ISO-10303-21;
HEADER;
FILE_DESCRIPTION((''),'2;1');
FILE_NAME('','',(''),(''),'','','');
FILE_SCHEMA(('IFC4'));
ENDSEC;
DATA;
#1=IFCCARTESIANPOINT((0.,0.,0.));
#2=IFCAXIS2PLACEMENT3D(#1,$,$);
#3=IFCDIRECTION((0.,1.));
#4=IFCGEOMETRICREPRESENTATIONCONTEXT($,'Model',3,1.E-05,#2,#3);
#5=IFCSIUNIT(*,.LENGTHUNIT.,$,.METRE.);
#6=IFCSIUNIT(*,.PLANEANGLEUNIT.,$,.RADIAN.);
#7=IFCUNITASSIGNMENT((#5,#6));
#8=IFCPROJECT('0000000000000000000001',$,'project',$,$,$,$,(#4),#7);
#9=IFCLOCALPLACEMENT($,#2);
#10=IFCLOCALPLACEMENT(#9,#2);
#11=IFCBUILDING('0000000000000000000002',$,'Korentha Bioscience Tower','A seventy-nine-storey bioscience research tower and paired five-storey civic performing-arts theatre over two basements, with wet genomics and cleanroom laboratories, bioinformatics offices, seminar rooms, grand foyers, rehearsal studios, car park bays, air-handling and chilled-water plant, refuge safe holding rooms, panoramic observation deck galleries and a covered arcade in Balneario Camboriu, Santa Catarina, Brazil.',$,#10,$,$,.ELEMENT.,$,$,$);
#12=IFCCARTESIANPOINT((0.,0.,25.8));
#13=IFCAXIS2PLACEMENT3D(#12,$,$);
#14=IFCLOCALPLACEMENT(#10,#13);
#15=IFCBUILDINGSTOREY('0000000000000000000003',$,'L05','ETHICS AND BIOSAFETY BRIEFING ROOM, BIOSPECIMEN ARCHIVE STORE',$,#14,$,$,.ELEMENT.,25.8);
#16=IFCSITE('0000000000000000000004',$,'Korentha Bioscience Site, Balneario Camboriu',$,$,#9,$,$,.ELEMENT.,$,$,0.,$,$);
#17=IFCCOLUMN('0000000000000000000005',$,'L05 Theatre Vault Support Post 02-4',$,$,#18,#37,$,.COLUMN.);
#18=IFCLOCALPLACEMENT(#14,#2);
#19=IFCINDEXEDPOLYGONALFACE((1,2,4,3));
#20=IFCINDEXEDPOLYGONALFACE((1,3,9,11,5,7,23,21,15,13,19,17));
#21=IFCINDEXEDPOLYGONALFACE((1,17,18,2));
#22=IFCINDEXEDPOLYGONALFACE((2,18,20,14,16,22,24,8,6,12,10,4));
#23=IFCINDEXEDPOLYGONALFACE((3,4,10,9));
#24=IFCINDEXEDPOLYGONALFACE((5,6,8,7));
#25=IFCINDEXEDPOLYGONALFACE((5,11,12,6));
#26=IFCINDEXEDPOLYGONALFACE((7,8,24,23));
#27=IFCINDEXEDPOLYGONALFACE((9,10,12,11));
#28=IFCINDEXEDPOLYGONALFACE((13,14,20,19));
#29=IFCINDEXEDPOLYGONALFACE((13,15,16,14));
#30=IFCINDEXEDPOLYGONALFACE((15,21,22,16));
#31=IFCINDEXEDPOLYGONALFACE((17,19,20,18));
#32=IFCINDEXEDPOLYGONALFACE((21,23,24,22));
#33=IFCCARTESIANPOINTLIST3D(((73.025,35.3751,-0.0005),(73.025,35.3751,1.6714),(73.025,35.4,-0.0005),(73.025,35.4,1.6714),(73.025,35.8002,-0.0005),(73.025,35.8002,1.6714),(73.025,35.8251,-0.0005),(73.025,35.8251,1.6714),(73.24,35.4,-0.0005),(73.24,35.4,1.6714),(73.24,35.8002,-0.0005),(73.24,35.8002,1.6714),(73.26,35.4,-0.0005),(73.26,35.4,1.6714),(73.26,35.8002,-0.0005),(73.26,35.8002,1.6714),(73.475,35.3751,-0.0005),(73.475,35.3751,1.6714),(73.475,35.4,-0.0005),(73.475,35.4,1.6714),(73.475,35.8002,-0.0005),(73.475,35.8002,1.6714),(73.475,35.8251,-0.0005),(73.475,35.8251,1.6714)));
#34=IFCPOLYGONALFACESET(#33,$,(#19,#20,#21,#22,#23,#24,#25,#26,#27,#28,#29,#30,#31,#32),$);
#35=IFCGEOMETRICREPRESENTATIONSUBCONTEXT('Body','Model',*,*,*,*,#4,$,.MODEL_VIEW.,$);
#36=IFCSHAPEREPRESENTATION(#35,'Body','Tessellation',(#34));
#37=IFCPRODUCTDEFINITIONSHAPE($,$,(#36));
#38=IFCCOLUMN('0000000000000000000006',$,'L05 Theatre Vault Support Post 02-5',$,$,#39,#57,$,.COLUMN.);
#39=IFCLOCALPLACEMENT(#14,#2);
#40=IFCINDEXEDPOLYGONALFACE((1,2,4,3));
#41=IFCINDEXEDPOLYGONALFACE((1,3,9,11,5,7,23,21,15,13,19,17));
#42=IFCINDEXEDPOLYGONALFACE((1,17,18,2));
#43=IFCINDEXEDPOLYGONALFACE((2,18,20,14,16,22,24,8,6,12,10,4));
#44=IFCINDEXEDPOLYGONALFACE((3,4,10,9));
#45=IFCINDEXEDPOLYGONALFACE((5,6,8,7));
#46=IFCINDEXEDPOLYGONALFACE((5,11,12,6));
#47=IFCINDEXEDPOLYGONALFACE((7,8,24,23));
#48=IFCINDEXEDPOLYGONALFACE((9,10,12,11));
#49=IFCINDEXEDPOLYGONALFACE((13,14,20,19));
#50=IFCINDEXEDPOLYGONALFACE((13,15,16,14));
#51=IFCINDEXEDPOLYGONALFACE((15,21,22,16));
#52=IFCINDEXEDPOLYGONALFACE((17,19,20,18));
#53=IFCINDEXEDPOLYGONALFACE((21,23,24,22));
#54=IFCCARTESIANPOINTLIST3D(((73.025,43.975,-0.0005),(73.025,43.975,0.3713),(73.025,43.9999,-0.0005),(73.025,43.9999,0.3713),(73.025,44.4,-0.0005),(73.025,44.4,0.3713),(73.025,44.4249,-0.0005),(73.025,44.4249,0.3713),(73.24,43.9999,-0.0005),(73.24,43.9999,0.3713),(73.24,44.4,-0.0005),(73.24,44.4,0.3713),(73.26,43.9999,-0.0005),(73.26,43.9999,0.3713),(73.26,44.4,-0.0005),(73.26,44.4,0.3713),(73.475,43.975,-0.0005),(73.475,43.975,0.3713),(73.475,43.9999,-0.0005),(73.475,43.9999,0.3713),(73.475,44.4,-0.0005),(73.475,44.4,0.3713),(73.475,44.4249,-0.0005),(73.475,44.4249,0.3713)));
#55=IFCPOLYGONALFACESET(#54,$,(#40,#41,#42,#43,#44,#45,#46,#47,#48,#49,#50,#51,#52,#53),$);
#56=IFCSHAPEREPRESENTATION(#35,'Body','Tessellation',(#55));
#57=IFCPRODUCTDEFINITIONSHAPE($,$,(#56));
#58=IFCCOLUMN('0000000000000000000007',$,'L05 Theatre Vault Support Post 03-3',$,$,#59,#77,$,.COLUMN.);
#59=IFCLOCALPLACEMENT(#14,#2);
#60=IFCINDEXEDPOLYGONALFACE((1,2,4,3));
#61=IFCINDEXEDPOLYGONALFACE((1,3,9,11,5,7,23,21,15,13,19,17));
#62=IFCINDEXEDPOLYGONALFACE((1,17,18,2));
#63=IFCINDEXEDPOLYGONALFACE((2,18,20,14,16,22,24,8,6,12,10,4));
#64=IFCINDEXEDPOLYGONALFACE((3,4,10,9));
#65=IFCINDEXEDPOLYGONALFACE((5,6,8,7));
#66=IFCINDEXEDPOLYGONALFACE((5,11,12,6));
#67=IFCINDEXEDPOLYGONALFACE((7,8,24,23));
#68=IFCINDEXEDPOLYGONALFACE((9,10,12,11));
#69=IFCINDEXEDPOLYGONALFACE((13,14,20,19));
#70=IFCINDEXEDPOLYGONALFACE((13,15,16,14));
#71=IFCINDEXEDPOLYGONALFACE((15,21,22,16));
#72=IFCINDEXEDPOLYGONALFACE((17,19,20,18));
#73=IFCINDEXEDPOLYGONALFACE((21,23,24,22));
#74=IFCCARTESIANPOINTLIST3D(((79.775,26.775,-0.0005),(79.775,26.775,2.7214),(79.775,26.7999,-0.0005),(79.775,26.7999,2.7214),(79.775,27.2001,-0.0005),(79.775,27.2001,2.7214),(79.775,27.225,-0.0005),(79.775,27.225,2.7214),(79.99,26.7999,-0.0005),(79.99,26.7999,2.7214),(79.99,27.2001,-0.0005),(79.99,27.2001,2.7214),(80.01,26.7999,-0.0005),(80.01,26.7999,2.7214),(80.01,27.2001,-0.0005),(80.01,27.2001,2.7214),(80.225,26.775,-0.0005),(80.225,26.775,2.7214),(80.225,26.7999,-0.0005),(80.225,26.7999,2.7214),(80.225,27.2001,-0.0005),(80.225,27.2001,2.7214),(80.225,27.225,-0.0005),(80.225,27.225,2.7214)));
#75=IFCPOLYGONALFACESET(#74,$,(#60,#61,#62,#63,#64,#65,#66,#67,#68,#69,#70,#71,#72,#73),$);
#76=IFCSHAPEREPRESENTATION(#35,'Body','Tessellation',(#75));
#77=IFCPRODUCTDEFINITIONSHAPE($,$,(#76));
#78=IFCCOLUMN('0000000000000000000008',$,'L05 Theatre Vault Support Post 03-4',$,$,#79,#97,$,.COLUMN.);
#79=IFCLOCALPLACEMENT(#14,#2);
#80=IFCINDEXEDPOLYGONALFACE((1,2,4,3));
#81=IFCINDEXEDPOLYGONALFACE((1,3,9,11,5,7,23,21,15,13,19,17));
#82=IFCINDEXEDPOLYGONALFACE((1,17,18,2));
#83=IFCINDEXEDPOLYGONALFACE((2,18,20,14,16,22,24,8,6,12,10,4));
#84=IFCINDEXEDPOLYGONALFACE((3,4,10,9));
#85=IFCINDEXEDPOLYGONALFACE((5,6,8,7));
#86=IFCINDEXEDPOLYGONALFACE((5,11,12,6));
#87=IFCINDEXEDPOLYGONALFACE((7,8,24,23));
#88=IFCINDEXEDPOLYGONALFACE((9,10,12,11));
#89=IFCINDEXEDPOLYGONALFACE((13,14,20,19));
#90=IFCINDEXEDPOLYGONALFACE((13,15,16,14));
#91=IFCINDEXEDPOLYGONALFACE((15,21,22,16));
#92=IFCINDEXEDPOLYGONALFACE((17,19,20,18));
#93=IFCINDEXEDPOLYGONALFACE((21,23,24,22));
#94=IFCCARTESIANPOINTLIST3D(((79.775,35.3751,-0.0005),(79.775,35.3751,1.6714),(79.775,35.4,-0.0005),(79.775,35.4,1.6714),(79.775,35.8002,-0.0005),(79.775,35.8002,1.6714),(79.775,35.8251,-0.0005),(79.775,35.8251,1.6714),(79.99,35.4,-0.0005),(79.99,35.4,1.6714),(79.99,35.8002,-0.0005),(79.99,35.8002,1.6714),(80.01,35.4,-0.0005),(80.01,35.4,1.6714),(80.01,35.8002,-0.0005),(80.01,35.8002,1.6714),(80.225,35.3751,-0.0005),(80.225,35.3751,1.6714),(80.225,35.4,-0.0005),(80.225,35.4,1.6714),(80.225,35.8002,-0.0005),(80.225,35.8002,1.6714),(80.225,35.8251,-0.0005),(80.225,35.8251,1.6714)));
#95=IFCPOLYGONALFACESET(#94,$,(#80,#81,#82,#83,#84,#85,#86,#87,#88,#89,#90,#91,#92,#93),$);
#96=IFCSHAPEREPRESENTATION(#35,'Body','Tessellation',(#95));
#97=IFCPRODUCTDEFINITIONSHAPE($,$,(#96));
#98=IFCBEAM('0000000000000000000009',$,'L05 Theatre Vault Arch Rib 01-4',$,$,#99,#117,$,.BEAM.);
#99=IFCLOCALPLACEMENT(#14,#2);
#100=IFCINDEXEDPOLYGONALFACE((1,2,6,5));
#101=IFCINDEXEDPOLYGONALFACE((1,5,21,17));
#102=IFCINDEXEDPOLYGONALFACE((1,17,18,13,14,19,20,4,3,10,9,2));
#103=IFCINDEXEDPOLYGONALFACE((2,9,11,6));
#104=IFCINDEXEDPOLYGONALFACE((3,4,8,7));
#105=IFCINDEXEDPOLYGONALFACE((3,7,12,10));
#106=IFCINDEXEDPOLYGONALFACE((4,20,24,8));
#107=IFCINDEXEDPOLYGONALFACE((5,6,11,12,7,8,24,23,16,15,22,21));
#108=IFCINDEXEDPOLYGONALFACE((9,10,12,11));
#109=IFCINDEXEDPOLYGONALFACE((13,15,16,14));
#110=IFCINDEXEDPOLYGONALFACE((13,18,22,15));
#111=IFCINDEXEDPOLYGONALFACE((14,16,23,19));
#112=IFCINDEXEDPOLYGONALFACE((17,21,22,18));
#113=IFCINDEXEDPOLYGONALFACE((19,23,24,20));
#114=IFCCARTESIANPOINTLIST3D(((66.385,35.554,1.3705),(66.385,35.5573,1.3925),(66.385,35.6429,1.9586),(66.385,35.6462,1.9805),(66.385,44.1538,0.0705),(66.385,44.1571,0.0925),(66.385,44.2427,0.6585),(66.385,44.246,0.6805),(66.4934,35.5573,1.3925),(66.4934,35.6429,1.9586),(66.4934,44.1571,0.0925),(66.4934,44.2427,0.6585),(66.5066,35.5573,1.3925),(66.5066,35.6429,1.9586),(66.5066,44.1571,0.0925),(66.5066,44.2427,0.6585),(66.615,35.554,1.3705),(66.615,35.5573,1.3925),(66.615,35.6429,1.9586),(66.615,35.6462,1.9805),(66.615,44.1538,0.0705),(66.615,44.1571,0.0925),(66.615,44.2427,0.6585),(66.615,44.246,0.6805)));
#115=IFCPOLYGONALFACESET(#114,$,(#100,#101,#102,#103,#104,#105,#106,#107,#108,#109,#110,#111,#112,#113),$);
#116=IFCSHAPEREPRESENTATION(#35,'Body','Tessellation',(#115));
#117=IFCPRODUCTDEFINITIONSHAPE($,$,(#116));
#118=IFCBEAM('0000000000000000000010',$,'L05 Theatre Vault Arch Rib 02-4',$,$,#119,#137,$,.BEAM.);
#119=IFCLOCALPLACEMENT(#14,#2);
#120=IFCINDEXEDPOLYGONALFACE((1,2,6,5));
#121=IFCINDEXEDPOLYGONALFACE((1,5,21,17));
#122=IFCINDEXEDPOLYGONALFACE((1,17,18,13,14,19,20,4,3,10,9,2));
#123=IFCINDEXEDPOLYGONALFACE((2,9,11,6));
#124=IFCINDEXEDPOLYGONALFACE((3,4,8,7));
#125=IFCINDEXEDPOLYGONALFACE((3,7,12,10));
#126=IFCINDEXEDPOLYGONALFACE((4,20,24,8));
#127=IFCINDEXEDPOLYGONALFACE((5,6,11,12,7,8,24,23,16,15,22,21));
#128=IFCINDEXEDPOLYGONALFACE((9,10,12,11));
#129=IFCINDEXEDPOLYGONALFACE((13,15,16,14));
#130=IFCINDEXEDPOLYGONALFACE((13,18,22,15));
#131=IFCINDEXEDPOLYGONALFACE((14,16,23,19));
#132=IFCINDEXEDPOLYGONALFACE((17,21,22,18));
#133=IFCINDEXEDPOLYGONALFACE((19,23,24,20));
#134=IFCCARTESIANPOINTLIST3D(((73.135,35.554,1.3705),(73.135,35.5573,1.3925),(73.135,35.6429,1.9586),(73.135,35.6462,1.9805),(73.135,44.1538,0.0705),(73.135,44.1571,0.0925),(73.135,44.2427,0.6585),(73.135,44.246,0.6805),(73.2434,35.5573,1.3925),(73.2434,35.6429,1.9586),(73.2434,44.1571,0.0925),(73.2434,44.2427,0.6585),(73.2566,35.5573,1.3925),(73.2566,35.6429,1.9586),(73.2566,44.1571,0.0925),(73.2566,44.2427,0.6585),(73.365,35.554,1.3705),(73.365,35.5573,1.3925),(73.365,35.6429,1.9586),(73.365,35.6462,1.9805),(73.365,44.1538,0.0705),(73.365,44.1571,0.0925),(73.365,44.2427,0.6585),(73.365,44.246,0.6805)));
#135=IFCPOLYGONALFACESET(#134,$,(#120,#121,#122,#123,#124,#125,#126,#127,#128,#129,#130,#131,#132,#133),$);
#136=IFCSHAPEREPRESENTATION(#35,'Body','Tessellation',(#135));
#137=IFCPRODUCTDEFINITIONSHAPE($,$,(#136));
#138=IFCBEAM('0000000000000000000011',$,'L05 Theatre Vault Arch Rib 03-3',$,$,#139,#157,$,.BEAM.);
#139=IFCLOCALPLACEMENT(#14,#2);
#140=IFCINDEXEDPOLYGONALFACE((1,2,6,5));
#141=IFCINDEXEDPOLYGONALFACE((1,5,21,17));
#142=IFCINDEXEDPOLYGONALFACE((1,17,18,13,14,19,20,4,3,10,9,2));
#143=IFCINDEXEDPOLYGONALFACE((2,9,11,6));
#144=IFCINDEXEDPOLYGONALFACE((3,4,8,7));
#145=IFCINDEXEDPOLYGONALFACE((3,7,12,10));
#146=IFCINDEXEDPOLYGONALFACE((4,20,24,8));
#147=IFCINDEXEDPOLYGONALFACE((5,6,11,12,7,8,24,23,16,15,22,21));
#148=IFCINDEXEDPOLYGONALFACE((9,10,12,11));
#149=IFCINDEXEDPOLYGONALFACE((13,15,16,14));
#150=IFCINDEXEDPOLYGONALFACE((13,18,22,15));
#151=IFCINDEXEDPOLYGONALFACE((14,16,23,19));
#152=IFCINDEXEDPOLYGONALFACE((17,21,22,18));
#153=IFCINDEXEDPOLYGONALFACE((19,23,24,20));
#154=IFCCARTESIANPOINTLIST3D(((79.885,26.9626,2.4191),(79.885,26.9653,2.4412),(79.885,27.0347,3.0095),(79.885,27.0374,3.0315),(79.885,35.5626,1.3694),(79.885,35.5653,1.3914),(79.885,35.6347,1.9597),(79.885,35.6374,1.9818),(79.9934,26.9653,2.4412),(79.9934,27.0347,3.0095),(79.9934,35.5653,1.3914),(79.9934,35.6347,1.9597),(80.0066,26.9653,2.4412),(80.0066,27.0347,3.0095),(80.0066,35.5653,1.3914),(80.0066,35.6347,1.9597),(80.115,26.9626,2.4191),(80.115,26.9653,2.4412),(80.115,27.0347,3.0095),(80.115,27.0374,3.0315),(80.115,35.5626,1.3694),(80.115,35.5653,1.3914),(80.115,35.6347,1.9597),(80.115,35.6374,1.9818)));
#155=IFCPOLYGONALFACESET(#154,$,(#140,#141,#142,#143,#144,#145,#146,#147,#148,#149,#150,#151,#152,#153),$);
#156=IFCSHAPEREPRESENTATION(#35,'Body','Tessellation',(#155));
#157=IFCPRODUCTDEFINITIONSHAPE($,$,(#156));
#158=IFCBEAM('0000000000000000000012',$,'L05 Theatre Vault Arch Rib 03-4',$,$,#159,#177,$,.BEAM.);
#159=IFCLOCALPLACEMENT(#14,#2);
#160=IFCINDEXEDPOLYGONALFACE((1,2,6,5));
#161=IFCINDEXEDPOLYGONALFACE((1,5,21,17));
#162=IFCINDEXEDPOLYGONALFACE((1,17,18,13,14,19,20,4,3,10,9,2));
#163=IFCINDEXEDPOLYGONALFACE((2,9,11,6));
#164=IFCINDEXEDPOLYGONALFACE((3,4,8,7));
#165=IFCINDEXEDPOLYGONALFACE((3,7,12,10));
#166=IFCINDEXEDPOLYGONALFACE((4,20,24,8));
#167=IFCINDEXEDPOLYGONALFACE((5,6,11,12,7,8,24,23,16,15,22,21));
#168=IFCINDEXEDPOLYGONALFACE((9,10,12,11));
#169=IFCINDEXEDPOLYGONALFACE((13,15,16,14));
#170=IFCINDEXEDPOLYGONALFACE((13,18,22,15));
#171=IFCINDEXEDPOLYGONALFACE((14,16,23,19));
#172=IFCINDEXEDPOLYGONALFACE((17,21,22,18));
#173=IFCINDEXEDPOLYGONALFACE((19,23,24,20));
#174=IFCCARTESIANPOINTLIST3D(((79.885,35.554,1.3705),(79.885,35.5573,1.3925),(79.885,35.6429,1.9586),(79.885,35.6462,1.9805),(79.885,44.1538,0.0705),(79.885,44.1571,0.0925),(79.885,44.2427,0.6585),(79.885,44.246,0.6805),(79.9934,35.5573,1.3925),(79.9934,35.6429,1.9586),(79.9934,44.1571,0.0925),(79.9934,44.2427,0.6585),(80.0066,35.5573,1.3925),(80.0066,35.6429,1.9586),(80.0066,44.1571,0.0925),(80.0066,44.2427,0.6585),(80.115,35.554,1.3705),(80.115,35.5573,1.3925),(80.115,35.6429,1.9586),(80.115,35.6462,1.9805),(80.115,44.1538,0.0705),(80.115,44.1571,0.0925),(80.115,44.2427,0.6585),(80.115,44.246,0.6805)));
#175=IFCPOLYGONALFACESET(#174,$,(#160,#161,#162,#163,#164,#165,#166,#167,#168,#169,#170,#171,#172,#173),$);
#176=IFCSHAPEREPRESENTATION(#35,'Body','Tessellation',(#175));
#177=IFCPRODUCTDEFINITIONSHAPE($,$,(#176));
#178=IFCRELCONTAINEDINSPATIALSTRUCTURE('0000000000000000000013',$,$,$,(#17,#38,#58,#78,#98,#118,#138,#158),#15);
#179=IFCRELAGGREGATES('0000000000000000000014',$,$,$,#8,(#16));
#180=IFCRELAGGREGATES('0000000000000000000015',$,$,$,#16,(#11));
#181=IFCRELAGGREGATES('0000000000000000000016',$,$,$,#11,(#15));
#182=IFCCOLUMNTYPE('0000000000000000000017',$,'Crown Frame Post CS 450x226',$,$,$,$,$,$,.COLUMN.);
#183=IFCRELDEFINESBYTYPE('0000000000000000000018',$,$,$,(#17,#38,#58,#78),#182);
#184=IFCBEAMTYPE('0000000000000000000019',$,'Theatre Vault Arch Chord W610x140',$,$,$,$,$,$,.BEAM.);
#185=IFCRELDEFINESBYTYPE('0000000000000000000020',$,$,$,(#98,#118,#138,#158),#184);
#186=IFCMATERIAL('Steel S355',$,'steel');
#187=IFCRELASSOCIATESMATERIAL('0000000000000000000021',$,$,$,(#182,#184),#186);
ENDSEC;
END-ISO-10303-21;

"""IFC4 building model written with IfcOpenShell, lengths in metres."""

from ifc_helpers import new_model, si_unit, direction, frame, origin, origin_2d, place, context, subcontext, project, spatial, i_section, extrude, material, material_profile, profile_set, type_object, element, save


model = new_model("IFC4")

# Units and contexts
model_context = context("Model", 3, precision=1e-05, world=origin(), true_north=direction((0.0, 1.0)))
body_context = subcontext(model_context, "Body", "Model", "MODEL_VIEW")
ifc_project = project(units=[si_unit("LENGTHUNIT", "METRE"), si_unit("PLANEANGLEUNIT", "RADIAN")], contexts=[model_context])

# Site, building, storey
site_placement = place(None, origin())
site = spatial("IfcSite", under=ifc_project, at=site_placement, Name="Korentha Bioscience Site, Balneario Camboriu", CompositionType="ELEMENT", RefElevation=0.0)
building_placement = place(site_placement, origin())
building = spatial("IfcBuilding", under=site, at=building_placement, Name="Korentha Bioscience Tower", Description="A seventy-nine-storey bioscience research tower and paired five-storey civic performing-arts theatre over two basements, with wet genomics and cleanroom laboratories, bioinformatics offices, seminar rooms, grand foyers, rehearsal studios, car park bays, air-handling and chilled-water plant, refuge safe holding rooms, panoramic observation deck galleries and a covered arcade in Balneario Camboriu, Santa Catarina, Brazil.", CompositionType="ELEMENT")
storey_placement = place(building_placement, frame((0.0, 0.0, 25.8)))
storey = spatial("IfcBuildingStorey", under=building, at=storey_placement, Name="L05", Description="ETHICS AND BIOSAFETY BRIEFING ROOM, BIOSPECIMEN ARCHIVE STORE", CompositionType="ELEMENT", Elevation=25.8)

# Columns
ifc_material = material(Name="Steel S355", Category="steel")
ifc_material_profile_1 = material_profile(ifc_material, i_section(OverallWidth=0.45, OverallDepth=0.45, WebThickness=0.02, FlangeThickness=0.0249, at=origin_2d()), Name="Steel S355")
ifc_profile_set_1 = profile_set([ifc_material_profile_1], Name="Steel S355 (CF-C1)")
column_type = type_object("IfcColumnType", Name="Crown Frame Post CS 450x226", PredefinedType="COLUMN", material=ifc_profile_set_1)
column_1_placement = place(storey_placement, frame((73.25, 35.6001, -0.0005), z_axis=(0.0, 0.0, 1.0), x_axis=(1.0, 0.0, 0.0)))
element("IfcColumn", 1, at=column_1_placement, inside=storey, type_object=column_type, Name="L05 Theatre Vault Support Post 02-4", PredefinedType="COLUMN", context=body_context, shape_type="SweptSolid", body=[
    extrude(i_section(OverallWidth=0.45, OverallDepth=0.45, WebThickness=0.02, FlangeThickness=0.0249, at=origin_2d()), origin(), (0.0, 0.0, 1.0), 1.6719),
])
column_2_placement = place(storey_placement, frame((73.25, 44.2, -0.0005), z_axis=(0.0, 0.0, 1.0), x_axis=(1.0, 0.0, 0.0)))
element("IfcColumn", 2, at=column_2_placement, inside=storey, type_object=column_type, Name="L05 Theatre Vault Support Post 02-5", PredefinedType="COLUMN", context=body_context, shape_type="SweptSolid", body=[
    extrude(i_section(OverallWidth=0.45, OverallDepth=0.45, WebThickness=0.02, FlangeThickness=0.0249, at=origin_2d()), origin(), (0.0, 0.0, 1.0), 0.3718),
])
column_3_placement = place(storey_placement, frame((80.0, 27.0, -0.0005), z_axis=(0.0, 0.0, 1.0), x_axis=(1.0, 0.0, 0.0)))
element("IfcColumn", 3, at=column_3_placement, inside=storey, type_object=column_type, Name="L05 Theatre Vault Support Post 03-3", PredefinedType="COLUMN", context=body_context, shape_type="SweptSolid", body=[
    extrude(i_section(OverallWidth=0.45, OverallDepth=0.45, WebThickness=0.02, FlangeThickness=0.0249, at=origin_2d()), origin(), (0.0, 0.0, 1.0), 2.7219),
])
column_4_placement = place(storey_placement, frame((80.0, 35.6001, -0.0005), z_axis=(0.0, 0.0, 1.0), x_axis=(1.0, 0.0, 0.0)))
element("IfcColumn", 4, at=column_4_placement, inside=storey, type_object=column_type, Name="L05 Theatre Vault Support Post 03-4", PredefinedType="COLUMN", context=body_context, shape_type="SweptSolid", body=[
    extrude(i_section(OverallWidth=0.45, OverallDepth=0.45, WebThickness=0.02, FlangeThickness=0.0249, at=origin_2d()), origin(), (0.0, 0.0, 1.0), 1.6719),
])

# Beams
ifc_material_profile_2 = material_profile(ifc_material, i_section(OverallWidth=0.23, OverallDepth=0.6169, WebThickness=0.0132, FlangeThickness=0.0222, at=origin_2d()), Name="Steel S355")
ifc_profile_set_2 = profile_set([ifc_material_profile_2], Name="Steel S355 (TV-610)")
beam_type_1 = type_object("IfcBeamType", Name="Theatre Vault Arch Chord W610x140", PredefinedType="BEAM", material=ifc_profile_set_2)
for number, where, z_axis, x_axis, name in (
    (5, (66.5, 35.6001, 1.6755), (0.0, 0.988766, -0.149473), (-1.0, 0.0, 0.0), "L05 Theatre Vault Arch Rib 01-4"),
    (6, (73.25, 35.6001, 1.6755), (0.0, 0.988766, -0.149473), (-1.0, 0.0, 0.0), "L05 Theatre Vault Arch Rib 02-4"),
):
    element("IfcBeam", number, at=place(storey_placement, frame(where, z_axis=z_axis, x_axis=x_axis)), inside=storey, type_object=beam_type_1, Name=name, PredefinedType="BEAM", context=body_context, shape_type="SweptSolid", body=[
        extrude(i_section(OverallWidth=0.23, OverallDepth=0.6169, WebThickness=0.0132, FlangeThickness=0.0222, at=origin_2d()), origin(), (0.0, 0.0, 1.0), 8.6975),
    ])
beam_1_placement = place(storey_placement, frame((80.0, 27.0, 2.7253), z_axis=(0.0, 0.992632, -0.12117), x_axis=(-1.0, 0.0, 0.0)))
element("IfcBeam", 7, at=beam_1_placement, inside=storey, type_object=beam_type_1, Name="L05 Theatre Vault Arch Rib 03-3", PredefinedType="BEAM", context=body_context, shape_type="SweptSolid", body=[
    extrude(i_section(OverallWidth=0.23, OverallDepth=0.6169, WebThickness=0.0132, FlangeThickness=0.0222, at=origin_2d()), origin(), (0.0, 0.0, 1.0), 8.6638),
])
beam_2_placement = place(storey_placement, frame((80.0, 35.6001, 1.6755), z_axis=(0.0, 0.988766, -0.149473), x_axis=(-1.0, 0.0, 0.0)))
element("IfcBeam", 8, at=beam_2_placement, inside=storey, type_object=beam_type_1, Name="L05 Theatre Vault Arch Rib 03-4", PredefinedType="BEAM", context=body_context, shape_type="SweptSolid", body=[
    extrude(i_section(OverallWidth=0.23, OverallDepth=0.6169, WebThickness=0.0132, FlangeThickness=0.0222, at=origin_2d()), origin(), (0.0, 0.0, 1.0), 8.6975),
])

save(model, "model.ifc")
